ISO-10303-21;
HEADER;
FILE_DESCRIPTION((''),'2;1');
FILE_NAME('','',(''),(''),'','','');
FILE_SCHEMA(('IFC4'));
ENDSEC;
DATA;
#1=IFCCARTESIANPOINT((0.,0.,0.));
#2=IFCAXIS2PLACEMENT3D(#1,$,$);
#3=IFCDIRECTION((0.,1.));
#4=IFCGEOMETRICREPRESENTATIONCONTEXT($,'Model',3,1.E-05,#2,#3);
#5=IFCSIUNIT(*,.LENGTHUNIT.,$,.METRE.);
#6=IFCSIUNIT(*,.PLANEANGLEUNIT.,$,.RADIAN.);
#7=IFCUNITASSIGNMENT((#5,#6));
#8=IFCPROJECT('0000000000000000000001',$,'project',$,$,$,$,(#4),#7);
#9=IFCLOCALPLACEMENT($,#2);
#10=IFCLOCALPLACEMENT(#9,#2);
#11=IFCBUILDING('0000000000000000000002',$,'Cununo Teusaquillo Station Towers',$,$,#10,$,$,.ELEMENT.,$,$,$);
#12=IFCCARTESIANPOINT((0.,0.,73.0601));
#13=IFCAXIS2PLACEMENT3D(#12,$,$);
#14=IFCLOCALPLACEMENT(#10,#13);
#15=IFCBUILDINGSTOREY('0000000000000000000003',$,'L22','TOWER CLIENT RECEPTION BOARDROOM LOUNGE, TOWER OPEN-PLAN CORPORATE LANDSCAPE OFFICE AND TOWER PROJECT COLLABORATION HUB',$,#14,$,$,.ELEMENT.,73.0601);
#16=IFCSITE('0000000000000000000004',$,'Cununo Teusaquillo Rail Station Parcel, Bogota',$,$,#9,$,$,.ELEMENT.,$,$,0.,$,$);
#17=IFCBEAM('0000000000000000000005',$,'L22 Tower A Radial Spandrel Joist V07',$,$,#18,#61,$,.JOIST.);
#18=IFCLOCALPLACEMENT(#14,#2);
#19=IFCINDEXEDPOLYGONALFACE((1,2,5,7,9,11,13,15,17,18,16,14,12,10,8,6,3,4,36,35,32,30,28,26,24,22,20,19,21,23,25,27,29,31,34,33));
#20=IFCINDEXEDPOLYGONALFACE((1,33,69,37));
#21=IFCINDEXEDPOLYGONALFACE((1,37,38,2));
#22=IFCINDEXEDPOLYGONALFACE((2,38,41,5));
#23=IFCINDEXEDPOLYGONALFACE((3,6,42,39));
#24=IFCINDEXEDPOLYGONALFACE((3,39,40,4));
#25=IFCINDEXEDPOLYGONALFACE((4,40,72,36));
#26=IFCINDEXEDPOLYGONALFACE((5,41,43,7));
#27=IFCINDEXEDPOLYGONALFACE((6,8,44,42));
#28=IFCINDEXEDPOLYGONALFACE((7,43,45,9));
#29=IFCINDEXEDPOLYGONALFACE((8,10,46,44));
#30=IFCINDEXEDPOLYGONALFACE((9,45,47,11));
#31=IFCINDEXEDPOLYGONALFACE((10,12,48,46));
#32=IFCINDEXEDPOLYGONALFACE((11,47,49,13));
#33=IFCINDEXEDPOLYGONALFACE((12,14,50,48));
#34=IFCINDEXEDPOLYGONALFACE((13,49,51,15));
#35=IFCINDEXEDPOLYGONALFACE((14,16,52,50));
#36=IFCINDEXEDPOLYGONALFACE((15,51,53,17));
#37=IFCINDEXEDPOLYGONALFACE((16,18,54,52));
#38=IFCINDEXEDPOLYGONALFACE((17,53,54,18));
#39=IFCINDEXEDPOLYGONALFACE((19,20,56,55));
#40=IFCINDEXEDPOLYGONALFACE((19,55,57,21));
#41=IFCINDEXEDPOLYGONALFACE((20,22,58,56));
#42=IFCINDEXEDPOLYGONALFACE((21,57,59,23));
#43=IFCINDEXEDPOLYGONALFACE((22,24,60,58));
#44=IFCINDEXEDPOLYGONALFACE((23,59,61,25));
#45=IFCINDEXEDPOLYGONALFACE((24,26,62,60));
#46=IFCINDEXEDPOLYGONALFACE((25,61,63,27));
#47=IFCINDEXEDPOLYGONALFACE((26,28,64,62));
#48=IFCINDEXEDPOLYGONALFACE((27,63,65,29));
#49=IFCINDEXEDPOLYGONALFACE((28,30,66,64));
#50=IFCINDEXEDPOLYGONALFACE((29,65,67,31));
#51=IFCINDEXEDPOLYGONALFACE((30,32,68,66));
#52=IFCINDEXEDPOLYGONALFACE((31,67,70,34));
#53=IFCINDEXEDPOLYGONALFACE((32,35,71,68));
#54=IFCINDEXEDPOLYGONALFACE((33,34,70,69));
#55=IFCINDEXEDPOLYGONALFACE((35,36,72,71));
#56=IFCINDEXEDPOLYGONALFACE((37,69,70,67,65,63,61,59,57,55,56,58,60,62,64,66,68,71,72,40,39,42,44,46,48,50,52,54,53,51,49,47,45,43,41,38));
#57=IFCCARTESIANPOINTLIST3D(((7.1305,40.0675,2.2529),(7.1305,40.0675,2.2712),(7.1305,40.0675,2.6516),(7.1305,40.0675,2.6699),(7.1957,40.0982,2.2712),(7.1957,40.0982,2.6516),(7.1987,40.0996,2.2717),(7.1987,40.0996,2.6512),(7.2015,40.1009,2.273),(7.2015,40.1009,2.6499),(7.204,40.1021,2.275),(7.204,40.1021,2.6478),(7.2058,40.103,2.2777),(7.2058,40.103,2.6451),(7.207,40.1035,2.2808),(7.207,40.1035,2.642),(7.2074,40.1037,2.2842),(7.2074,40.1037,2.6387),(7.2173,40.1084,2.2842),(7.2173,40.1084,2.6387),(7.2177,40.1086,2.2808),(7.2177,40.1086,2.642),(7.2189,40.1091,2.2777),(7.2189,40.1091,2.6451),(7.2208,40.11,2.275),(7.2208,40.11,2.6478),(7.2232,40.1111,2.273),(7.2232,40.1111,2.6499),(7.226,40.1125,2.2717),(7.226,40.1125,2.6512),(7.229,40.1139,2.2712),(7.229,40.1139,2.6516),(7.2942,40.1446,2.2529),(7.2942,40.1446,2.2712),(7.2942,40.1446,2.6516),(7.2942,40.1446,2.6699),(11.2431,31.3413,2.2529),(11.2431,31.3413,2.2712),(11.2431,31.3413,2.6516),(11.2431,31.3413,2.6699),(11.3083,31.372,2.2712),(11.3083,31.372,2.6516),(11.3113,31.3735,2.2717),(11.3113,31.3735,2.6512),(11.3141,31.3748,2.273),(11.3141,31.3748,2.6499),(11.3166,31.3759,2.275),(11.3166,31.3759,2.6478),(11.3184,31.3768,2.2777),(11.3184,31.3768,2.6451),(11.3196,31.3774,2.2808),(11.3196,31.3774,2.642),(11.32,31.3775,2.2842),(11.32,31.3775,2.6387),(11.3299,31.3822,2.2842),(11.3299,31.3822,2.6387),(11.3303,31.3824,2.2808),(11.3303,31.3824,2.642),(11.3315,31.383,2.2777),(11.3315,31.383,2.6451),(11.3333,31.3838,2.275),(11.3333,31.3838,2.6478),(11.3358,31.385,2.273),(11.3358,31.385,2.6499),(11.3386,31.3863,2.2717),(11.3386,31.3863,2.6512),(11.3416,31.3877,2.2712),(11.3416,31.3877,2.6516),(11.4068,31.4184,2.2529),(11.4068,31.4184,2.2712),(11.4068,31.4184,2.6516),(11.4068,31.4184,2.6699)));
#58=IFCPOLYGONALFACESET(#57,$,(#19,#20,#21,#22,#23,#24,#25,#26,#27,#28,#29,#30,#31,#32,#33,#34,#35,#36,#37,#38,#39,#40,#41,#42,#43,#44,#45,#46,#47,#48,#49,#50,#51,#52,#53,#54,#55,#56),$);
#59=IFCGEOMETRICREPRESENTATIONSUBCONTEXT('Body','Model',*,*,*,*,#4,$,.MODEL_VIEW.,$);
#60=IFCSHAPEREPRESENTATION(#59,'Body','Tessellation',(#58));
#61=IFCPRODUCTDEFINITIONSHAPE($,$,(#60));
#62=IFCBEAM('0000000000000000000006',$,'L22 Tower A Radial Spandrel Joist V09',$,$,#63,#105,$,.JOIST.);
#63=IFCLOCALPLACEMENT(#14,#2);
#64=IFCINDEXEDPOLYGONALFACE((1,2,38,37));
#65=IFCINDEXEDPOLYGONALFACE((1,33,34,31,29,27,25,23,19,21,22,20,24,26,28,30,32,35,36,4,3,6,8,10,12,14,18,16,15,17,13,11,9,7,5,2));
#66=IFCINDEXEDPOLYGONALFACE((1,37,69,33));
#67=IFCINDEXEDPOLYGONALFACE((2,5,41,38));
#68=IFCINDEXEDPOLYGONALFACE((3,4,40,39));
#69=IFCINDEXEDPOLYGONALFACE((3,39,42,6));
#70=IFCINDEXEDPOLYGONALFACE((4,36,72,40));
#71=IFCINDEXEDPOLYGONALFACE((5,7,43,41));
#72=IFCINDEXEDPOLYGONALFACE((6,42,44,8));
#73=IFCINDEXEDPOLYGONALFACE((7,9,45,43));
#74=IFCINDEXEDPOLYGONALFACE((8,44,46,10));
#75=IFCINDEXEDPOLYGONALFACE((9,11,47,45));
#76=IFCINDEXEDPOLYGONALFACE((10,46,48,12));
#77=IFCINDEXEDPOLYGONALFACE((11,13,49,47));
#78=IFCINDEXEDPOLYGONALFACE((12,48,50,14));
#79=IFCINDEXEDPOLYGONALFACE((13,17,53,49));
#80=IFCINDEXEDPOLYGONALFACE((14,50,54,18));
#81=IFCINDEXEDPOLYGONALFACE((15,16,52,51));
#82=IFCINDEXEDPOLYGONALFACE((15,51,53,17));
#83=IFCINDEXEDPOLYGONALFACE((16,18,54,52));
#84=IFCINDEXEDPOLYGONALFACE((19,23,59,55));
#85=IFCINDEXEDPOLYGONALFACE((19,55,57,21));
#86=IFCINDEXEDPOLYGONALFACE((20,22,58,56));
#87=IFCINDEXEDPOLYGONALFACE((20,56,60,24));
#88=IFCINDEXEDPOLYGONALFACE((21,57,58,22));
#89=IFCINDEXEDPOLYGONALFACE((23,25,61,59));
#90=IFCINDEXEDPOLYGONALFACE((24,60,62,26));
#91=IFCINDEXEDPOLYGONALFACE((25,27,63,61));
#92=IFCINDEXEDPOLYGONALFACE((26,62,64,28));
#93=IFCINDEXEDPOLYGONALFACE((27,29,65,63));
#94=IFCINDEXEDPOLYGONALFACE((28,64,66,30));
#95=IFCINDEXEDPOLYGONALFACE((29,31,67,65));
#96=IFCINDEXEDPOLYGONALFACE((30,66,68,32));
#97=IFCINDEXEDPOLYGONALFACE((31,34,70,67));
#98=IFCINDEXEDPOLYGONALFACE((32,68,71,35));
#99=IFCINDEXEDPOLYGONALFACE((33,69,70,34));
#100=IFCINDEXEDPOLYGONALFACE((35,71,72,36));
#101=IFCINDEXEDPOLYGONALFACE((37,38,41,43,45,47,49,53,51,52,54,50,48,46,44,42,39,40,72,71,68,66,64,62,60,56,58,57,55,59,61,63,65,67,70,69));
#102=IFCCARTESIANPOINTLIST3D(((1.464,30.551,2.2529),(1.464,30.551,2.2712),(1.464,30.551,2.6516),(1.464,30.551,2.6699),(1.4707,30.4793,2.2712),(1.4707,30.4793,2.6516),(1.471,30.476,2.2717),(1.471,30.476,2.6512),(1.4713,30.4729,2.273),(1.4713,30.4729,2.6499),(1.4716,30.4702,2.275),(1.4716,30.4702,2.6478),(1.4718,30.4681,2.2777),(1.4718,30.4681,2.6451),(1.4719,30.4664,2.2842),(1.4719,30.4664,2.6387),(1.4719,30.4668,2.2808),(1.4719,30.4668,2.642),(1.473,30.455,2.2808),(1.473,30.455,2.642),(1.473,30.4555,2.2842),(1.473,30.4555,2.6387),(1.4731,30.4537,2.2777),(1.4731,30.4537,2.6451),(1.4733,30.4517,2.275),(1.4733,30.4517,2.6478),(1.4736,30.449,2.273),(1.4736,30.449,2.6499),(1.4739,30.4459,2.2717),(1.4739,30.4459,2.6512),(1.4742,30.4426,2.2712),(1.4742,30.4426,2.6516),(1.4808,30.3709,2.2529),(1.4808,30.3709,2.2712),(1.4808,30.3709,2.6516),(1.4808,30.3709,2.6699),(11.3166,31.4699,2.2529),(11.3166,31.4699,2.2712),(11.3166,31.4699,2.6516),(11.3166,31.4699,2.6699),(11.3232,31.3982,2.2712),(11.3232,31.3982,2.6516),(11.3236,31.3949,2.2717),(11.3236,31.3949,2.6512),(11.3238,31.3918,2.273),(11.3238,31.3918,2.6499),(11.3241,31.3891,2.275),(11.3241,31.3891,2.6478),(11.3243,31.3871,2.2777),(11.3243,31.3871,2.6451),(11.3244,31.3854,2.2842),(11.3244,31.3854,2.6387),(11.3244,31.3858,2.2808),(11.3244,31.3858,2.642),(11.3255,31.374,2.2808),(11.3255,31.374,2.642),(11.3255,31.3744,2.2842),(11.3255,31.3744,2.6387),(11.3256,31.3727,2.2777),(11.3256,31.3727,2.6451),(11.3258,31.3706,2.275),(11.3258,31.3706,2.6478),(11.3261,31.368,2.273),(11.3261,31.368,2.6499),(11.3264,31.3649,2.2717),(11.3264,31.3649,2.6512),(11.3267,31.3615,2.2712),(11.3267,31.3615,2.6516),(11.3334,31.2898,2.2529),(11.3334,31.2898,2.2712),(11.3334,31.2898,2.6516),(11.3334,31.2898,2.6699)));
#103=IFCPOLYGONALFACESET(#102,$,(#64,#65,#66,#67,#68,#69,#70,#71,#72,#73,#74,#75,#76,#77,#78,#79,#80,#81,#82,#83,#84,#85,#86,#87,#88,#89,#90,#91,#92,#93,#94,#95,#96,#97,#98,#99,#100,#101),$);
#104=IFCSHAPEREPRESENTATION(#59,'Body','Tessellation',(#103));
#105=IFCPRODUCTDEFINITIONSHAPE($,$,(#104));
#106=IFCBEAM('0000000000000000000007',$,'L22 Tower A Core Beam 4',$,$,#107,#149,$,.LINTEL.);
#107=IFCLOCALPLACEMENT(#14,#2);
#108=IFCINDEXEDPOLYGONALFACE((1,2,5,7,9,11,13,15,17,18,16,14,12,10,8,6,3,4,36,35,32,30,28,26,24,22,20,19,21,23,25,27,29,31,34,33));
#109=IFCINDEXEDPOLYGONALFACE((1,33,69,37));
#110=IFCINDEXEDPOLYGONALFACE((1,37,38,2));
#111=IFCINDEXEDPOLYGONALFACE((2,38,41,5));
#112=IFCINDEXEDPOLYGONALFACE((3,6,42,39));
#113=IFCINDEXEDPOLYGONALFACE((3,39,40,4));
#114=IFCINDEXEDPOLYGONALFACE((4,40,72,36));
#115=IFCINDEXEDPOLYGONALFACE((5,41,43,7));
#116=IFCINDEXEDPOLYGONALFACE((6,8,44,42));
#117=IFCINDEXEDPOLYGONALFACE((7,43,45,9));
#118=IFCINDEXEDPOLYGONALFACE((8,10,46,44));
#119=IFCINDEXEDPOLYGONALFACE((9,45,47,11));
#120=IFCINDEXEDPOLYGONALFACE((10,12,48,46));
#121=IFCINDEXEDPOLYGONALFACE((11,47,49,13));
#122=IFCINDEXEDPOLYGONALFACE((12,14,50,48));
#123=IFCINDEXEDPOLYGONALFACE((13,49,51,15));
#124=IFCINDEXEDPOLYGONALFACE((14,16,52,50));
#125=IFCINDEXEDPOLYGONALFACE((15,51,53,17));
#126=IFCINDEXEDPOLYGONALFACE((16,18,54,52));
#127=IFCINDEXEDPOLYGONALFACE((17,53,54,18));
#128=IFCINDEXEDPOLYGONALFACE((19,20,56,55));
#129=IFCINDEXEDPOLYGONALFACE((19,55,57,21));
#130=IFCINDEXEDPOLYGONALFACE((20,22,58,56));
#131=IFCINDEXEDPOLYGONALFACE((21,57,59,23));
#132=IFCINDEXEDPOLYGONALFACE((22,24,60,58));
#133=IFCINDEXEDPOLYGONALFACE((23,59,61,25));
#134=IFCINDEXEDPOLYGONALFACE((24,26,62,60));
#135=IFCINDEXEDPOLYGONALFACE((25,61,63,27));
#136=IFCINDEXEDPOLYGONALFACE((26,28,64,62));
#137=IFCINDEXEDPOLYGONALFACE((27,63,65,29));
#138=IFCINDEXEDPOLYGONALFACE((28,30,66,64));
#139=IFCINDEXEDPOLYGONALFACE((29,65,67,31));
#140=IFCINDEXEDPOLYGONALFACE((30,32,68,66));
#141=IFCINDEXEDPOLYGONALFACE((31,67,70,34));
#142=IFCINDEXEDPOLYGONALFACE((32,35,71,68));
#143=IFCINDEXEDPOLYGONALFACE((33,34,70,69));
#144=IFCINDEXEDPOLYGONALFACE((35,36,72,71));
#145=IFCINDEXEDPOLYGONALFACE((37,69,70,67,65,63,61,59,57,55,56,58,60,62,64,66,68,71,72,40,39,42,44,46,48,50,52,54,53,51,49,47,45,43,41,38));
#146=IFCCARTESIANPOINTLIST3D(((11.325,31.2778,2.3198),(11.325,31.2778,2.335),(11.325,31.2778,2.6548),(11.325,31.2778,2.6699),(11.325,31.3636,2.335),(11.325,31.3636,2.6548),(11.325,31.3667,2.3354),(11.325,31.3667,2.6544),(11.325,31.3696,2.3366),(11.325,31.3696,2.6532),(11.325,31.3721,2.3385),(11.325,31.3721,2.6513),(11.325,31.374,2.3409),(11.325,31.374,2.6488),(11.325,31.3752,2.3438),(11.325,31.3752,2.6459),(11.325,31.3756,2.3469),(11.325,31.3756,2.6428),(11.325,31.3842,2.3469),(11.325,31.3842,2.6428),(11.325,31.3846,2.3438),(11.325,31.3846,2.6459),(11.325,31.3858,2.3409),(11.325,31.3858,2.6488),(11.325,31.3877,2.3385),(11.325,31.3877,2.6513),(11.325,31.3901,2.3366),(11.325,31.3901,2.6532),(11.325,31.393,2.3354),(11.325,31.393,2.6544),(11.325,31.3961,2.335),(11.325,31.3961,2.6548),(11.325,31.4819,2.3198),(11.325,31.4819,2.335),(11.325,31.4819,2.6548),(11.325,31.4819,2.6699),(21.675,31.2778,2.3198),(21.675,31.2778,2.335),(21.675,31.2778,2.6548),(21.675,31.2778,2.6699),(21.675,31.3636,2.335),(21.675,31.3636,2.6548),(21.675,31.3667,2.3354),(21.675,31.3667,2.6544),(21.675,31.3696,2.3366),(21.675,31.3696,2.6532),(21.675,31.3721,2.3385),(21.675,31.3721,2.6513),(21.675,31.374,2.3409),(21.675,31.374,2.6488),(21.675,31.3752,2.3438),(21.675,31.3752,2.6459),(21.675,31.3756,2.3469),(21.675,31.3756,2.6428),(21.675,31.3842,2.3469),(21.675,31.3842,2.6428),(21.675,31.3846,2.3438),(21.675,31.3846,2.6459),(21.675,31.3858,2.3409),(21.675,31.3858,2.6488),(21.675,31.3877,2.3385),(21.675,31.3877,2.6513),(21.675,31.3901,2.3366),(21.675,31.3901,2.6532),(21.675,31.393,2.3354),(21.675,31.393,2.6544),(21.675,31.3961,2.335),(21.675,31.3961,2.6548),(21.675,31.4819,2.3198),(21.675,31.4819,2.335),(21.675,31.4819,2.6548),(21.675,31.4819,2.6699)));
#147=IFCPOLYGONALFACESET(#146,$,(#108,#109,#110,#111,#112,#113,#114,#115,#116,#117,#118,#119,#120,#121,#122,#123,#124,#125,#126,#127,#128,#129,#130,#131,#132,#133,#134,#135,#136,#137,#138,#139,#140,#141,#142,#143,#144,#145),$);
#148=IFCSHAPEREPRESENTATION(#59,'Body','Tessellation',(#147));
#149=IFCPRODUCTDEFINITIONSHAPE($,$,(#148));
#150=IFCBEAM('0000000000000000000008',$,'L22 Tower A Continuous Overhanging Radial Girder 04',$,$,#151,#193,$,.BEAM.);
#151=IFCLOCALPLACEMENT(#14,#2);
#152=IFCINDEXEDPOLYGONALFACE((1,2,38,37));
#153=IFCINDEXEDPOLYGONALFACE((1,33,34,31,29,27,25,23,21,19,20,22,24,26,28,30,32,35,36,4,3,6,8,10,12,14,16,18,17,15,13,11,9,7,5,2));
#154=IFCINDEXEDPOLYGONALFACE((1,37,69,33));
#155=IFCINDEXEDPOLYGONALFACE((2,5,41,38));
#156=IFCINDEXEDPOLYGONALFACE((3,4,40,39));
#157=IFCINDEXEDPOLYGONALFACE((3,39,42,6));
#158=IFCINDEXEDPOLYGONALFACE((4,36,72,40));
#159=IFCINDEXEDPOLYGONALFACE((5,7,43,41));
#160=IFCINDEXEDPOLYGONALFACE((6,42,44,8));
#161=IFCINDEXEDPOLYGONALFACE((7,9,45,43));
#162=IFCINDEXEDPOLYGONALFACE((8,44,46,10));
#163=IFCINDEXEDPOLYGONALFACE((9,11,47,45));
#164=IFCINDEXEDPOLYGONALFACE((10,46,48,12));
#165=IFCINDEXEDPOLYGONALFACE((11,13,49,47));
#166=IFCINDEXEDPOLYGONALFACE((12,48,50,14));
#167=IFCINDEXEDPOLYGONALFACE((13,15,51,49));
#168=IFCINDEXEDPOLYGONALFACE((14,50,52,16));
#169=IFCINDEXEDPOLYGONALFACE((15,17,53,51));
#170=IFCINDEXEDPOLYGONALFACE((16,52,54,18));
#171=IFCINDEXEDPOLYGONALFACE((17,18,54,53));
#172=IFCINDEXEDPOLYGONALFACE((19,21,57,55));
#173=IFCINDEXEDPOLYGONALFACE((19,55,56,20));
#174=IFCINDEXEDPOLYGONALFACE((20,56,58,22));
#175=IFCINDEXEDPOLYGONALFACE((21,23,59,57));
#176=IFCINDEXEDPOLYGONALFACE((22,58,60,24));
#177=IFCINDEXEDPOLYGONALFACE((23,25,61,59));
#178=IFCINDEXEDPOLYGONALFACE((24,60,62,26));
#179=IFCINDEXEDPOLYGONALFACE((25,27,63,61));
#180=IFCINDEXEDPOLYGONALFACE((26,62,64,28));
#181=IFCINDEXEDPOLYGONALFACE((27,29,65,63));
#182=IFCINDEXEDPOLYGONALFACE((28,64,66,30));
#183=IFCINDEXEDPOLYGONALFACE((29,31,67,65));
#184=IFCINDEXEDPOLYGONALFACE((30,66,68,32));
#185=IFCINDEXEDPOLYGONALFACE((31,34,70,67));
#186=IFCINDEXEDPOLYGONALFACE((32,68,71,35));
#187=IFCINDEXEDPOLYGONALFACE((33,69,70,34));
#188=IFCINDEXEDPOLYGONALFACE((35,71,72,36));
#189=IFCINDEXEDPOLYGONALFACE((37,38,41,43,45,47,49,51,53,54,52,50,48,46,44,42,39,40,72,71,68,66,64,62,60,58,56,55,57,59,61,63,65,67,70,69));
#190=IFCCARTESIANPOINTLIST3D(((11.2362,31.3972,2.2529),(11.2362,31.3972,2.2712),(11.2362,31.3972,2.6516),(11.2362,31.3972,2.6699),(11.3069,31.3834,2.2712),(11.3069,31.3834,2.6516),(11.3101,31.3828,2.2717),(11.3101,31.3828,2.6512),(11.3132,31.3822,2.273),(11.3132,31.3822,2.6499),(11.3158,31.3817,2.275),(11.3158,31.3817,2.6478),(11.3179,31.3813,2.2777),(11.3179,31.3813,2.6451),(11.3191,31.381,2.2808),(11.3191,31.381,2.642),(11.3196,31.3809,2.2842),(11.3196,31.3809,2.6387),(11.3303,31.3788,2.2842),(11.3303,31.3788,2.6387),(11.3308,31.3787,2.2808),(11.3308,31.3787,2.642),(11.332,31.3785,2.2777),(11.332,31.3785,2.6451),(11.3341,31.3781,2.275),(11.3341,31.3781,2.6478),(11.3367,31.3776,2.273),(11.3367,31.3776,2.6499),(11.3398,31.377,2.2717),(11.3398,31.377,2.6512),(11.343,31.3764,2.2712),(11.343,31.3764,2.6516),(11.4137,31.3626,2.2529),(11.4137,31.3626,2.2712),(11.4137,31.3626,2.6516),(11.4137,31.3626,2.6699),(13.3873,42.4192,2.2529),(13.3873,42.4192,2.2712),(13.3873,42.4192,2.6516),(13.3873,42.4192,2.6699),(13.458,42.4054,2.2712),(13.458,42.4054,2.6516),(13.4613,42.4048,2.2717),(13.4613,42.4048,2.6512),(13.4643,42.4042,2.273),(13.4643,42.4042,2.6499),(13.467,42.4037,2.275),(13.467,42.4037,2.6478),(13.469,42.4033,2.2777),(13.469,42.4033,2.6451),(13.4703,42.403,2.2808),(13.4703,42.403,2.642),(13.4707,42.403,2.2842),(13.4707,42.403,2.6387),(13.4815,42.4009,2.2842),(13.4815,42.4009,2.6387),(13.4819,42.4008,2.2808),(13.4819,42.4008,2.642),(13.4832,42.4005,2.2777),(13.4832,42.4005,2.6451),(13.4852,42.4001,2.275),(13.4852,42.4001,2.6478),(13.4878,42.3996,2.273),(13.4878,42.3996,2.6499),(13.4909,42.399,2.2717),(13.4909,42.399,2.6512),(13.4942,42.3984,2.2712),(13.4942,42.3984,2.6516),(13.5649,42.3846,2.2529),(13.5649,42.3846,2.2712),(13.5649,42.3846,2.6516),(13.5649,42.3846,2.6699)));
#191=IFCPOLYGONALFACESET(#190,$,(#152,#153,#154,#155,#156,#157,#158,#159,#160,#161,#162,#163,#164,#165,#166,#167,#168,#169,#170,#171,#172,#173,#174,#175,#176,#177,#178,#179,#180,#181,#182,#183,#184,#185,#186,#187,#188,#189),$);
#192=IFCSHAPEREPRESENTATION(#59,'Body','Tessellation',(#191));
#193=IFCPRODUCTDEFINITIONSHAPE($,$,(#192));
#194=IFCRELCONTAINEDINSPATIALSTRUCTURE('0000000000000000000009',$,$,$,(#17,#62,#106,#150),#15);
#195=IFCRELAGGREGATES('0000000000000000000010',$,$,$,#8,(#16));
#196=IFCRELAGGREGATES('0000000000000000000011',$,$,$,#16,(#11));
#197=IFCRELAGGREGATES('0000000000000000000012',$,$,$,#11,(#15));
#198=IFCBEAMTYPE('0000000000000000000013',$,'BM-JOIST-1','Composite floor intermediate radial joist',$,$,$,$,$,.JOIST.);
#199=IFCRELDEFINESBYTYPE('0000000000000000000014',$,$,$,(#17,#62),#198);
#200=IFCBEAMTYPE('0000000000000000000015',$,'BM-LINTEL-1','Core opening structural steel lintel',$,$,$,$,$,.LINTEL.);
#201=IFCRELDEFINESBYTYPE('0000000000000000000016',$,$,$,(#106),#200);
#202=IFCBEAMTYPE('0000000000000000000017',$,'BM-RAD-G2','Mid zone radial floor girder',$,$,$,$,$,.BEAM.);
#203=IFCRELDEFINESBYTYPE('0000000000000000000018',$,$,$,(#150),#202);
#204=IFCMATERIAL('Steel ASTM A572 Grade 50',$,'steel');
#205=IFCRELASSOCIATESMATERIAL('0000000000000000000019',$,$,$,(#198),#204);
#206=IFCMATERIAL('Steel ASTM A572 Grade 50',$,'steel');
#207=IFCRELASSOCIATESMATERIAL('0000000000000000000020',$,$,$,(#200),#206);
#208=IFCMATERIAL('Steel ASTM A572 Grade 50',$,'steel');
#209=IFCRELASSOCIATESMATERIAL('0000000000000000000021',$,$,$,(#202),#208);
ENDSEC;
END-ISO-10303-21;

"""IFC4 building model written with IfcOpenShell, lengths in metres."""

from ifc_helpers import new_model, si_unit, direction, frame, origin, origin_2d, place, context, subcontext, project, spatial, i_section, extrude, material, material_profile, profile_set, type_object, element, save


model = new_model("IFC4")

# Units and contexts
model_context = context("Model", 3, precision=1e-05, world=origin(), true_north=direction((0.0, 1.0)))
body_context = subcontext(model_context, "Body", "Model", "MODEL_VIEW")
ifc_project = project(units=[si_unit("LENGTHUNIT", "METRE"), si_unit("PLANEANGLEUNIT", "RADIAN")], contexts=[model_context])

# Site, building, storey
site_placement = place(None, origin())
site = spatial("IfcSite", under=ifc_project, at=site_placement, Name="Cununo Teusaquillo Rail Station Parcel, Bogota", CompositionType="ELEMENT", RefElevation=0.0)
building_placement = place(site_placement, origin())
building = spatial("IfcBuilding", under=site, at=building_placement, Name="Cununo Teusaquillo Station Towers", CompositionType="ELEMENT")
storey_placement = place(building_placement, frame((0.0, 0.0, 73.0601)))
storey = spatial("IfcBuildingStorey", under=building, at=storey_placement, Name="L22", Description="TOWER CLIENT RECEPTION BOARDROOM LOUNGE, TOWER OPEN-PLAN CORPORATE LANDSCAPE OFFICE AND TOWER PROJECT COLLABORATION HUB", CompositionType="ELEMENT", Elevation=73.0601)

# Beams
ifc_material_1 = material(Name="Steel ASTM A572 Grade 50", Category="steel")
ifc_material_profile_1 = material_profile(ifc_material_1, i_section(OverallWidth=0.1809, OverallDepth=0.417, WebThickness=0.011, FlangeThickness=0.0183, FilletRadius=0.0129, at=origin_2d()), Name="W16X57")
ifc_profile_set_1 = profile_set([ifc_material_profile_1], Name="Steel ASTM A572 Grade 50")
beam_type_1 = type_object("IfcBeamType", Name="BM-JOIST-1", Description="Composite floor intermediate radial joist", PredefinedType="JOIST", material=ifc_profile_set_1)
beam_1_placement = place(storey_placement, frame((11.325, 31.3799, 2.4614), z_axis=(-0.42632, 0.904572, 0.0), x_axis=(-0.904572, -0.42632, 0.0)))
element("IfcBeam", 1, at=beam_1_placement, inside=storey, type_object=beam_type_1, Name="L22 Tower A Radial Spandrel Joist V07", PredefinedType="JOIST", context=body_context, shape_type="SweptSolid", body=[
    extrude(i_section(OverallWidth=0.1809, OverallDepth=0.417, WebThickness=0.011, FlangeThickness=0.0183, FilletRadius=0.0129, at=origin_2d()), origin(), (0.0, 0.0, 1.0), 9.6467),
])
beam_2_placement = place(storey_placement, frame((11.325, 31.3799, 2.4614), z_axis=(-0.995679, -0.092867, 0.0), x_axis=(0.092867, -0.995679, 0.0)))
element("IfcBeam", 2, at=beam_2_placement, inside=storey, type_object=beam_type_1, Name="L22 Tower A Radial Spandrel Joist V09", PredefinedType="JOIST", context=body_context, shape_type="SweptSolid", body=[
    extrude(i_section(OverallWidth=0.1809, OverallDepth=0.417, WebThickness=0.011, FlangeThickness=0.0183, FilletRadius=0.0129, at=origin_2d()), origin(), (0.0, 0.0, 1.0), 9.8953),
])
ifc_material_2 = material(Name="Steel ASTM A572 Grade 50", Category="steel")
ifc_material_profile_2 = material_profile(ifc_material_2, i_section(OverallWidth=0.2041, OverallDepth=0.3501, WebThickness=0.0085, FlangeThickness=0.0151, FilletRadius=0.012, at=origin_2d()), Name="W14X48")
ifc_profile_set_2 = profile_set([ifc_material_profile_2], Name="Steel ASTM A572 Grade 50")
beam_type_2 = type_object("IfcBeamType", Name="BM-LINTEL-1", Description="Core opening structural steel lintel", PredefinedType="LINTEL", material=ifc_profile_set_2)
beam_3_placement = place(storey_placement, frame((11.325, 31.3799, 2.4949), z_axis=(1.0, 0.0, 0.0), x_axis=(0.0, 1.0, 0.0)))
element("IfcBeam", 3, at=beam_3_placement, inside=storey, type_object=beam_type_2, Name="L22 Tower A Core Beam 4", PredefinedType="LINTEL", context=body_context, shape_type="SweptSolid", body=[
    extrude(i_section(OverallWidth=0.2041, OverallDepth=0.3501, WebThickness=0.0085, FlangeThickness=0.0151, FilletRadius=0.012, at=origin_2d()), origin(), (0.0, 0.0, 1.0), 10.3501),
])
ifc_material_3 = material(Name="Steel ASTM A572 Grade 50", Category="steel")
ifc_material_profile_3 = material_profile(ifc_material_3, i_section(OverallWidth=0.1809, OverallDepth=0.417, WebThickness=0.011, FlangeThickness=0.0183, FilletRadius=0.0129, at=origin_2d()), Name="W16X57")
ifc_profile_set_3 = profile_set([ifc_material_profile_3], Name="Steel ASTM A572 Grade 50")
beam_type_3 = type_object("IfcBeamType", Name="BM-RAD-G2", Description="Mid zone radial floor girder", PredefinedType="BEAM", material=ifc_profile_set_3)
beam_4_placement = place(storey_placement, frame((11.325, 31.3799, 2.4614), z_axis=(0.191553, 0.981482, 0.0), x_axis=(-0.981482, 0.191553, 0.0)))
element("IfcBeam", 4, at=beam_4_placement, inside=storey, type_object=beam_type_3, Name="L22 Tower A Continuous Overhanging Radial Girder 04", PredefinedType="BEAM", context=body_context, shape_type="SweptSolid", body=[
    extrude(i_section(OverallWidth=0.1809, OverallDepth=0.417, WebThickness=0.011, FlangeThickness=0.0183, FilletRadius=0.0129, at=origin_2d()), origin(), (0.0, 0.0, 1.0), 11.23),
])

save(model, "model.ifc")
